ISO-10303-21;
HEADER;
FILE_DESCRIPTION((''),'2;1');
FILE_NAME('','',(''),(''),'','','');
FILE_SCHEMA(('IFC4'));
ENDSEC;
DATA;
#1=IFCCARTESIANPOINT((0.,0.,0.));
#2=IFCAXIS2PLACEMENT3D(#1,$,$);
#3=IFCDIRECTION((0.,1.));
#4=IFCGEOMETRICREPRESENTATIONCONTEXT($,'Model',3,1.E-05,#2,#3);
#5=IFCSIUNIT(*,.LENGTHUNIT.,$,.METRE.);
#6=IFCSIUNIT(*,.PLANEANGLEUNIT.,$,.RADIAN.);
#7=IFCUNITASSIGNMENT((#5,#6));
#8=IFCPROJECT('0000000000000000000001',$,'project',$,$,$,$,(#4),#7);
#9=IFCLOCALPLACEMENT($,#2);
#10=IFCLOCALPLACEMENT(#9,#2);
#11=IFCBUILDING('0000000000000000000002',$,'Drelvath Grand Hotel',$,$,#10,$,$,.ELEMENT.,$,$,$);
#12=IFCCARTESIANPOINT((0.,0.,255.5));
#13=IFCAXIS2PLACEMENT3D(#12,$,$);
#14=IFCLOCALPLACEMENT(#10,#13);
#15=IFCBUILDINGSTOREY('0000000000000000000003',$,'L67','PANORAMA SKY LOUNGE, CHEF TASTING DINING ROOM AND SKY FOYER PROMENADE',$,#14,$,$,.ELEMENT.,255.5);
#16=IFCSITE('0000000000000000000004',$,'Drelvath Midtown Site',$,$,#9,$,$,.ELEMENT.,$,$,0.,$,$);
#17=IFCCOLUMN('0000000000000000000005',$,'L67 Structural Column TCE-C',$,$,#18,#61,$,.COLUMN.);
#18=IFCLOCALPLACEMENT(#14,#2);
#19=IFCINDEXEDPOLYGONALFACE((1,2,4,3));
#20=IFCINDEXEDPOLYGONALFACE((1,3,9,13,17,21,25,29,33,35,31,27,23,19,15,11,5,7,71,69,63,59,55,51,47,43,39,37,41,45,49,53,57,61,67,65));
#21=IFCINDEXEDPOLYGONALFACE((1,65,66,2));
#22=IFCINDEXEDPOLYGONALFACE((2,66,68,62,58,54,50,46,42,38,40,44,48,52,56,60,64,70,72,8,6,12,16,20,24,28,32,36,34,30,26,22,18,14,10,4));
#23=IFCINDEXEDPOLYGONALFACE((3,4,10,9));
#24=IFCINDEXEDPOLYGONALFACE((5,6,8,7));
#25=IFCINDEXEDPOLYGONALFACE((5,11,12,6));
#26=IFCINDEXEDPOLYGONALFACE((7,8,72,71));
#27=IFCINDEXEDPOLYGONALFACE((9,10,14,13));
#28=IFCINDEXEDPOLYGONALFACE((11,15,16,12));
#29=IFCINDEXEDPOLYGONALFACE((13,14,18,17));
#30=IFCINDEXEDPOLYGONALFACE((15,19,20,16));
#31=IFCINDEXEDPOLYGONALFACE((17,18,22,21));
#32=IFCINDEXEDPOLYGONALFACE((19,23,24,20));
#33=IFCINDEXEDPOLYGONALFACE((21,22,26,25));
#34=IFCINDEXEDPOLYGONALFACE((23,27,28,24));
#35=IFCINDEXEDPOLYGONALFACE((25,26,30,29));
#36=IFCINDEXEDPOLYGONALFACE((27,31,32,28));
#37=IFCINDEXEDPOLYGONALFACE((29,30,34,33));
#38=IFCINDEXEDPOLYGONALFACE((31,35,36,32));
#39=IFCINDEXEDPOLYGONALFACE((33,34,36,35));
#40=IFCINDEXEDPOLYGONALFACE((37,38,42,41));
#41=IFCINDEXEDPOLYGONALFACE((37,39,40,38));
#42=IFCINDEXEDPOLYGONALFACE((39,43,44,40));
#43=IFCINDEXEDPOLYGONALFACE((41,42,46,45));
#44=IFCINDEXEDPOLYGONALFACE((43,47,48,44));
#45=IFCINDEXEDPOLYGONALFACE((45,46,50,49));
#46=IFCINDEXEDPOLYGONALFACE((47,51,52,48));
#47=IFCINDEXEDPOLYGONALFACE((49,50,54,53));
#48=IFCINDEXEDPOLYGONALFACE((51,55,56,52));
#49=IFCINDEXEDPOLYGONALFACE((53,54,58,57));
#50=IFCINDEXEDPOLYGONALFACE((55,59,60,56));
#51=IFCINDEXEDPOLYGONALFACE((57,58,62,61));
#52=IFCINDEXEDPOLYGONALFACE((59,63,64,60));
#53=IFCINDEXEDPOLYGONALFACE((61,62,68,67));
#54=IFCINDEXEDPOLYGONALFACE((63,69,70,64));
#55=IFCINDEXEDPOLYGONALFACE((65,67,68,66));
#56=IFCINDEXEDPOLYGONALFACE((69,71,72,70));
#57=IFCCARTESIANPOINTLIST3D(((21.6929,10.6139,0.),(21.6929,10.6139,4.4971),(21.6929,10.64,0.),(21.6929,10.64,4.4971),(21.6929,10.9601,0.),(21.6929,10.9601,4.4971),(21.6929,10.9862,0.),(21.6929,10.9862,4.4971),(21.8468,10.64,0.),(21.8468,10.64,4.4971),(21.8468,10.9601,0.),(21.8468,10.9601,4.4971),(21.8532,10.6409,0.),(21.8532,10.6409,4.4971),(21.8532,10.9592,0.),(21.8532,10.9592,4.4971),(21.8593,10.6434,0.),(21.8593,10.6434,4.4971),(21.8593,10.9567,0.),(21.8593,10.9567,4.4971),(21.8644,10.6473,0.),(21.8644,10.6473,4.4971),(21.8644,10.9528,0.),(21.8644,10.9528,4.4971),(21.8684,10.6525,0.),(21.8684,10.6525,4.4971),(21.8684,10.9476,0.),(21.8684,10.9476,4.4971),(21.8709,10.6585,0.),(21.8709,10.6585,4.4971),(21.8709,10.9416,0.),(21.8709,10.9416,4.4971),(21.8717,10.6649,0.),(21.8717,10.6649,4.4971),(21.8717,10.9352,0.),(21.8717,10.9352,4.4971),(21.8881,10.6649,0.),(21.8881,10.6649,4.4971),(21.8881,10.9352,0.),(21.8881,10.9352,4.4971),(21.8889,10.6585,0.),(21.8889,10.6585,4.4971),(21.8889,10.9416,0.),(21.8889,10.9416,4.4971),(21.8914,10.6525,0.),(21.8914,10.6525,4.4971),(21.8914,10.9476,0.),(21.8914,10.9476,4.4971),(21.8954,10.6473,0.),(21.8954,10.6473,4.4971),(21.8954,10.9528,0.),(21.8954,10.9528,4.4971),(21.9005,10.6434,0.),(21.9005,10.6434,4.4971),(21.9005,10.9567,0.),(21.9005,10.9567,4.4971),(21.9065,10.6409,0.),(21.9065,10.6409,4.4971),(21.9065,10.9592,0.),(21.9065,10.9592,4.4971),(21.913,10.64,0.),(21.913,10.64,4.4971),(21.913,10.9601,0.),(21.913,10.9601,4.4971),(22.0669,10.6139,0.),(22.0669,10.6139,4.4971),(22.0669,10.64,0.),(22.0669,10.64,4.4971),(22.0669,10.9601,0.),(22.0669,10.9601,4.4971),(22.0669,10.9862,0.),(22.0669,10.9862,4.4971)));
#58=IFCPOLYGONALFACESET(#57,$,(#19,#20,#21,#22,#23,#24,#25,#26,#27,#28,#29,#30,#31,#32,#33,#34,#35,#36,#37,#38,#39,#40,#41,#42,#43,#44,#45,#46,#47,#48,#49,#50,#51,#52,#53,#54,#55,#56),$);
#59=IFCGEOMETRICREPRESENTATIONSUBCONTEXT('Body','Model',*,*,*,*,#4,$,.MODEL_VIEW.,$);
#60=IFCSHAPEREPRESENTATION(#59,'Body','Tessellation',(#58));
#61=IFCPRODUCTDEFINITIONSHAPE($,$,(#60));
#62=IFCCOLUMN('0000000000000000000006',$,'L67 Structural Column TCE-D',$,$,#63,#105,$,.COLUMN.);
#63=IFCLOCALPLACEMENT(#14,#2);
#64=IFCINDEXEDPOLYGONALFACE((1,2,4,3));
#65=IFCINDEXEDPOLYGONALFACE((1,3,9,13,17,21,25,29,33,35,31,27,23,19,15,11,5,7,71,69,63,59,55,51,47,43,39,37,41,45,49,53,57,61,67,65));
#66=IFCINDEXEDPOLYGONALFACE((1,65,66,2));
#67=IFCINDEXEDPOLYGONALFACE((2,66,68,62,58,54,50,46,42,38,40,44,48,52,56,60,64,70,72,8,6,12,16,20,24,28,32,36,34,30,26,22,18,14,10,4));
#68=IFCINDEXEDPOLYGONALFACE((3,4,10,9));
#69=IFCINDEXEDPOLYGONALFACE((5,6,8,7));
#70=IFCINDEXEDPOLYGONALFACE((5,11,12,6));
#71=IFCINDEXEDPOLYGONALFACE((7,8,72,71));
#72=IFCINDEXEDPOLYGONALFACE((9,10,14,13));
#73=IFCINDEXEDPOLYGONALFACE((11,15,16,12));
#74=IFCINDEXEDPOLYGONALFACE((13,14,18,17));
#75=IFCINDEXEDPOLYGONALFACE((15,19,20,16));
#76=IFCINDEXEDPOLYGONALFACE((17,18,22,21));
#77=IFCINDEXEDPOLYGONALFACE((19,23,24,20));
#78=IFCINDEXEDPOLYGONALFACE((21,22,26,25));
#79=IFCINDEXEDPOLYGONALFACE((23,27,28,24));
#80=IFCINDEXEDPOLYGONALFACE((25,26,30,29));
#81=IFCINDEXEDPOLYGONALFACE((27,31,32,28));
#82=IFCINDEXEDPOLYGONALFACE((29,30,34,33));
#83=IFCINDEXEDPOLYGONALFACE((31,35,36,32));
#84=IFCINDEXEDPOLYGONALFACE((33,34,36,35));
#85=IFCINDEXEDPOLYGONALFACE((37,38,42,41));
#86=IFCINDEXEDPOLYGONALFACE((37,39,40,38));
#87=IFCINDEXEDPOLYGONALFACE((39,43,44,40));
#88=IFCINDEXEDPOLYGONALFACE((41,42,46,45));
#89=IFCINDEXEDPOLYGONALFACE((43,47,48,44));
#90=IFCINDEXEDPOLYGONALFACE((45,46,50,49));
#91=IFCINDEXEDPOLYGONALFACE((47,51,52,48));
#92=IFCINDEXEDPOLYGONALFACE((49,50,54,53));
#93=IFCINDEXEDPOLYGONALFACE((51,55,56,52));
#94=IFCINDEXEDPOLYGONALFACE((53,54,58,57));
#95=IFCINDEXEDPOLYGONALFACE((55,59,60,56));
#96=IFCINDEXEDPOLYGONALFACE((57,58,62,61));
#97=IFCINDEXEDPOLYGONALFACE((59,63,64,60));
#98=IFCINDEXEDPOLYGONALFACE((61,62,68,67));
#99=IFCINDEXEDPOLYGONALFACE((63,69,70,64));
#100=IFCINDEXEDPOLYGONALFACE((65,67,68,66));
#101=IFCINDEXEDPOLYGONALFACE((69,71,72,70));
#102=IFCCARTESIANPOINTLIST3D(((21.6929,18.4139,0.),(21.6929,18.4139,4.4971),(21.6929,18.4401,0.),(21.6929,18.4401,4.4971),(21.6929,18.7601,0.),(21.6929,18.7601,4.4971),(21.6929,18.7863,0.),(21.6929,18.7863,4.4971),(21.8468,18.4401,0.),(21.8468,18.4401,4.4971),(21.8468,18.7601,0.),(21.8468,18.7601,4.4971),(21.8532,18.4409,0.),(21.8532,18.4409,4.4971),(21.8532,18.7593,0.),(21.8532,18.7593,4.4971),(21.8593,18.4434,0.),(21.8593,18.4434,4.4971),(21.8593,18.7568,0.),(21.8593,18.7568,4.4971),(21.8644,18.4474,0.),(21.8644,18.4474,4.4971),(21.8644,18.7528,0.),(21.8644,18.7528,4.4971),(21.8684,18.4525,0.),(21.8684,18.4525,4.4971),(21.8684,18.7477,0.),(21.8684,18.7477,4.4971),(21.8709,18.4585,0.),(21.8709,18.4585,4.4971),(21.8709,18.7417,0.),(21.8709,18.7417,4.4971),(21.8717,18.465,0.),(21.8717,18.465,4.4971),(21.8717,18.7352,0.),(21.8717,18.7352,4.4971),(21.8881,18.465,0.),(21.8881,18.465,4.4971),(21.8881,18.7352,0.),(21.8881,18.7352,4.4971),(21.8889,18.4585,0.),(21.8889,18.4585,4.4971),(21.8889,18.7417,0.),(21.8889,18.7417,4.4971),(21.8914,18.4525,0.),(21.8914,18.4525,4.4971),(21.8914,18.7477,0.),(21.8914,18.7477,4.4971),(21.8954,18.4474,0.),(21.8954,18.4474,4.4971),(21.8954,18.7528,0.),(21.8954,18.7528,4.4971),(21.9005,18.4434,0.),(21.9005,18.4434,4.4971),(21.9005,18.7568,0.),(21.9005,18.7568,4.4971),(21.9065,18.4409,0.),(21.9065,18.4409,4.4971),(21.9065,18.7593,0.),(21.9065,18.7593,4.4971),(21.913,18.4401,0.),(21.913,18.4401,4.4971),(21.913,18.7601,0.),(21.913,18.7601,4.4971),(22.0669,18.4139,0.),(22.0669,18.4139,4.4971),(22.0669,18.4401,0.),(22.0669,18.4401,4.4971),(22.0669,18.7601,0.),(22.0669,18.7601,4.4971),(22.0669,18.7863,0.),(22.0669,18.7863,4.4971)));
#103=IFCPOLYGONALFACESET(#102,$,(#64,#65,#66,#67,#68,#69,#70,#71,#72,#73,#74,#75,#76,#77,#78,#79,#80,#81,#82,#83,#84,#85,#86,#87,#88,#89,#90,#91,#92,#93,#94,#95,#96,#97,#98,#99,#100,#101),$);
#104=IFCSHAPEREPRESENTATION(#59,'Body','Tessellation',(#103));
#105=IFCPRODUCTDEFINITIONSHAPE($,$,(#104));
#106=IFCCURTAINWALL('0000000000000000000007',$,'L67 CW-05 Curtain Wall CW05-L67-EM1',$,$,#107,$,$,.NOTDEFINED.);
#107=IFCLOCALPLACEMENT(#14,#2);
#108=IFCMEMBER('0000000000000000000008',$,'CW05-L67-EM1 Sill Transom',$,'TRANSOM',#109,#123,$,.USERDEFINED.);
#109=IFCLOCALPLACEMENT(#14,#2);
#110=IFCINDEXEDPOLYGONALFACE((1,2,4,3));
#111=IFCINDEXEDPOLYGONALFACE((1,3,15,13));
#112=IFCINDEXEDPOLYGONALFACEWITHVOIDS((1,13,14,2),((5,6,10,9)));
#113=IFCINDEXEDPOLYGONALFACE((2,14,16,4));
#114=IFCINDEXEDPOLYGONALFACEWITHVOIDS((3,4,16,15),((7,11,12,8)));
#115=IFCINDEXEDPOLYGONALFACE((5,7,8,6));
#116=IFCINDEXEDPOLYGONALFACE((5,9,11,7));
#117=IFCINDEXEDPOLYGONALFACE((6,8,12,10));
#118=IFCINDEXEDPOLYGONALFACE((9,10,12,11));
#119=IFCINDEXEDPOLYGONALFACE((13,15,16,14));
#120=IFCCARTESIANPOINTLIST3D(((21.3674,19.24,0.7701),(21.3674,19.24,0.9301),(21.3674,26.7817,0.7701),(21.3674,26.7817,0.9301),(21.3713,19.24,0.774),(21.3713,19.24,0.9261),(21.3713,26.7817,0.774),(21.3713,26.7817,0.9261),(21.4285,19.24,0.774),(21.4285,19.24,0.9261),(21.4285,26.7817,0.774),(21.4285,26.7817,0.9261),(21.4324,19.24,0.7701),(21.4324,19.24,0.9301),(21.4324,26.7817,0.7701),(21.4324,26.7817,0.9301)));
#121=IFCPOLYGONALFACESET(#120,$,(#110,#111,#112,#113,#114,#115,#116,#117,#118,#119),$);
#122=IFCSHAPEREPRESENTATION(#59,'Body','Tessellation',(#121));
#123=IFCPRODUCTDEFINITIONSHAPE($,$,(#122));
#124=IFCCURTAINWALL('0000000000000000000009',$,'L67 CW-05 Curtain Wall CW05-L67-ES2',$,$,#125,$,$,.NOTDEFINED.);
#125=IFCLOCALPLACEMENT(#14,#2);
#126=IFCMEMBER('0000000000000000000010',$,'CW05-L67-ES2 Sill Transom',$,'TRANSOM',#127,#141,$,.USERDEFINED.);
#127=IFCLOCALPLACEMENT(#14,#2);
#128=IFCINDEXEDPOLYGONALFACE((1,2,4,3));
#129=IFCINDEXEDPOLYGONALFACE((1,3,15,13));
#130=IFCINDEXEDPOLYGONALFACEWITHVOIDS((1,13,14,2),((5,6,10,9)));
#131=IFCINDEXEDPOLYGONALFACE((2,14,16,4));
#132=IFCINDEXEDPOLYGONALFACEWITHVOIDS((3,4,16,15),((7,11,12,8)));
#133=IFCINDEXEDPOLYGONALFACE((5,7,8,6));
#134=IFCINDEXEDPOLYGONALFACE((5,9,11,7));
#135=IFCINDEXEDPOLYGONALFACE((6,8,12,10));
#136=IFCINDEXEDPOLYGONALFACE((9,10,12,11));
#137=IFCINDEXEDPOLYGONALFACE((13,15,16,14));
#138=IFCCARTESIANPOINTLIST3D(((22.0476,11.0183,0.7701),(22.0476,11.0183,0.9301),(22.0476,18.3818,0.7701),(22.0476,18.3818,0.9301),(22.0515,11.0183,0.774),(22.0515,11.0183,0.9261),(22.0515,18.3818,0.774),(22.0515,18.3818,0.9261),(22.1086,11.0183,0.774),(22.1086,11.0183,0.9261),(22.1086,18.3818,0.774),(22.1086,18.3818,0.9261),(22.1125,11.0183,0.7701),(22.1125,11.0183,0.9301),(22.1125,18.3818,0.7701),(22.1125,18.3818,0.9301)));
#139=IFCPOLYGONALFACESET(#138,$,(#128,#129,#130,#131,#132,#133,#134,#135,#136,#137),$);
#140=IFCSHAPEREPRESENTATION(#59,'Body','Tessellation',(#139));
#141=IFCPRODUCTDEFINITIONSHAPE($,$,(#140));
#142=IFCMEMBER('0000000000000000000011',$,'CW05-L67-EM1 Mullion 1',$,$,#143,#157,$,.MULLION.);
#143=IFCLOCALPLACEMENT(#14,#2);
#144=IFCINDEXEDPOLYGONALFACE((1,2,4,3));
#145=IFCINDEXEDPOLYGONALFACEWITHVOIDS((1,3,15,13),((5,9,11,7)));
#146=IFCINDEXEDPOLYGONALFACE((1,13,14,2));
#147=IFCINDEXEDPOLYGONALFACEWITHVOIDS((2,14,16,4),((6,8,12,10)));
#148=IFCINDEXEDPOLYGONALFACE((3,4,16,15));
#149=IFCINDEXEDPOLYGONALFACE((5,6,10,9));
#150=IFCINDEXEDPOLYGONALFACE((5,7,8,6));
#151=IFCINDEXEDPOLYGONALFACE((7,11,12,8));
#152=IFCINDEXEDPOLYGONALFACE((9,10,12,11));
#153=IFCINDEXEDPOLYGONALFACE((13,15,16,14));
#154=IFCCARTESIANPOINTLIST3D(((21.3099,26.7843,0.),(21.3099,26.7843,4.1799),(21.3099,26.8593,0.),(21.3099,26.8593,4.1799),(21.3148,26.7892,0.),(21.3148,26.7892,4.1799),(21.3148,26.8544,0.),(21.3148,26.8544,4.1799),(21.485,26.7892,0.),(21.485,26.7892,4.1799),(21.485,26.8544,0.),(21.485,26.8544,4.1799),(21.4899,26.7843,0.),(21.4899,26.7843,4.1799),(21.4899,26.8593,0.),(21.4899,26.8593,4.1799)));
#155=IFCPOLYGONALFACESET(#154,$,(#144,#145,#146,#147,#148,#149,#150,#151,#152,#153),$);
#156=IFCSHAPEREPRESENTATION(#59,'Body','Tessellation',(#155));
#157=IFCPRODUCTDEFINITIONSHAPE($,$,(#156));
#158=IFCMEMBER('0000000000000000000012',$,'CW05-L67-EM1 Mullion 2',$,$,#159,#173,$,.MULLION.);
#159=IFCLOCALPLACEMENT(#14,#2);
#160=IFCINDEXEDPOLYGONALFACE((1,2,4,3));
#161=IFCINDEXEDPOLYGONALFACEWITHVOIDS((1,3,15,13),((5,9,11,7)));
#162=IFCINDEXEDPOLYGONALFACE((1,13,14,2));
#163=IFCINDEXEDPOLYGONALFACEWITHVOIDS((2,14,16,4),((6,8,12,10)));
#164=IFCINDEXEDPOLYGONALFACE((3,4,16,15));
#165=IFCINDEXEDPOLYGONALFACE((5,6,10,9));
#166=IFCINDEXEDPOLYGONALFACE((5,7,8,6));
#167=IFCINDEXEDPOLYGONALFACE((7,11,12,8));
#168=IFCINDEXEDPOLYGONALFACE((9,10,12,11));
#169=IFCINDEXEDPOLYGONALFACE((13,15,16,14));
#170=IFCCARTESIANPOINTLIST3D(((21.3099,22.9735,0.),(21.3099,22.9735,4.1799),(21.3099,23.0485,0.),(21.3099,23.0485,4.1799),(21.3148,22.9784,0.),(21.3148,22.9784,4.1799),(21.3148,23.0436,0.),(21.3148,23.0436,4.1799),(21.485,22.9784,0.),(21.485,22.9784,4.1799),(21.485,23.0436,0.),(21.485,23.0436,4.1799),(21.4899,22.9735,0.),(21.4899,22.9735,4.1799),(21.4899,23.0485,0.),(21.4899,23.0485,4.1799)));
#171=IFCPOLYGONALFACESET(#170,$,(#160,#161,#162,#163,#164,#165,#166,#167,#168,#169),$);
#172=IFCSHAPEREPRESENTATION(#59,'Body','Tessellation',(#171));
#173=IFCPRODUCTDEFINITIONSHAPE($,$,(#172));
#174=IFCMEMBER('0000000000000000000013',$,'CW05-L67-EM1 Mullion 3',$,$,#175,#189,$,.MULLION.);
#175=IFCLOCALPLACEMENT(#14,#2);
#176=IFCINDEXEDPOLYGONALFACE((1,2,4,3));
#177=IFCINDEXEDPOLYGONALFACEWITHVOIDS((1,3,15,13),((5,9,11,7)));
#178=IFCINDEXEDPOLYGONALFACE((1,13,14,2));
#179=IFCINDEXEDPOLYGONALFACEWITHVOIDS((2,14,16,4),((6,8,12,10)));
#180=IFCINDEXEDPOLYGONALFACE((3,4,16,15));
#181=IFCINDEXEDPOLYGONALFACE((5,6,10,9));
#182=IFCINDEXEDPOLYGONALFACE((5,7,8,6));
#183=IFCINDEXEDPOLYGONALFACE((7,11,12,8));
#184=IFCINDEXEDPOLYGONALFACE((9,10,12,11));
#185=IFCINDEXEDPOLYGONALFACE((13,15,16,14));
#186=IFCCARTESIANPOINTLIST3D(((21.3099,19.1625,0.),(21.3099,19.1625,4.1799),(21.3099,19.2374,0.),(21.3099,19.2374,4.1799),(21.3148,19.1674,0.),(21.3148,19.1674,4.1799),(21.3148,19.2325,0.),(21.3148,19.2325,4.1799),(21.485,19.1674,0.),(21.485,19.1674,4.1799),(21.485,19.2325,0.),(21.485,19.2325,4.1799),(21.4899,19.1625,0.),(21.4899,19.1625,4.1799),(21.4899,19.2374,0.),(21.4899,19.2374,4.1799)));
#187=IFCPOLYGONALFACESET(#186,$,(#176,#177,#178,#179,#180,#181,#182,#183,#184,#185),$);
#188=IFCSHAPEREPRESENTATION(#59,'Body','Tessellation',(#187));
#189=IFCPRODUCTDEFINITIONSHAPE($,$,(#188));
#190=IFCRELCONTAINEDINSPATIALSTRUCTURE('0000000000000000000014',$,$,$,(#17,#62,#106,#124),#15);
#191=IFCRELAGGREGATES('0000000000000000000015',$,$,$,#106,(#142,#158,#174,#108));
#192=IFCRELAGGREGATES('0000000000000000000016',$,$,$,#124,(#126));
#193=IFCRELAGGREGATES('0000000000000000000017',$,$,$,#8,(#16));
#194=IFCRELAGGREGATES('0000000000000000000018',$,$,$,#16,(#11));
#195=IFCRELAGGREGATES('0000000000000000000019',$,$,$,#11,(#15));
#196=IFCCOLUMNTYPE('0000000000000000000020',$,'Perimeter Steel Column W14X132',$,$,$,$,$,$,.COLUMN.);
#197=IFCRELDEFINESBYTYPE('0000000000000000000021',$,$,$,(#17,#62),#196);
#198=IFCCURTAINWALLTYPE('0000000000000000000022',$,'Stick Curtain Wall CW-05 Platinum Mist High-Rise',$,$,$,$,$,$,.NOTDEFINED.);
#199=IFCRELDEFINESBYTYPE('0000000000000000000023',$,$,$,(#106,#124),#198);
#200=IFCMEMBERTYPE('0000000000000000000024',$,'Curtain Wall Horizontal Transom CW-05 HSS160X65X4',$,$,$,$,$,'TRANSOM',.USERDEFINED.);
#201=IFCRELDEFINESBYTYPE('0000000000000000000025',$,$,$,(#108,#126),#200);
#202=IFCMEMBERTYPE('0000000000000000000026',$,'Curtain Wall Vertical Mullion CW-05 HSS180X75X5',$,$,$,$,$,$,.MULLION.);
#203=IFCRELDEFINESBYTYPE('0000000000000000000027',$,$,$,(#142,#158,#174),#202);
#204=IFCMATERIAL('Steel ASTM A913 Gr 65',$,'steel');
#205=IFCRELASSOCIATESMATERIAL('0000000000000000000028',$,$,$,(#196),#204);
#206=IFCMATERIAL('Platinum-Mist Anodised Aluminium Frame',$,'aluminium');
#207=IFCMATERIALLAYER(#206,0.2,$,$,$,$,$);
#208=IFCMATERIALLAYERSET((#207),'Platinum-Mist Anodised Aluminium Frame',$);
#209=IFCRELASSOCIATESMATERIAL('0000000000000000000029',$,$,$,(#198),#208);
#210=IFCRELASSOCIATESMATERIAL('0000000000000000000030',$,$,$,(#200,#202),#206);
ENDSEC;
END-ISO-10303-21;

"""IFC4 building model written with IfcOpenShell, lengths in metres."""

from ifc_helpers import new_model, si_unit, direction, frame, origin, origin_2d, place, context, subcontext, project, spatial, hollow_rectangle, i_section, extrude, material, layer, layer_set, material_profile, profile_set, type_object, element, aggregate, save


model = new_model("IFC4")

# Units and contexts
model_context = context("Model", 3, precision=1e-05, world=origin(), true_north=direction((0.0, 1.0)))
body_context = subcontext(model_context, "Body", "Model", "MODEL_VIEW")
ifc_project = project(units=[si_unit("LENGTHUNIT", "METRE"), si_unit("PLANEANGLEUNIT", "RADIAN")], contexts=[model_context])

# Site, building, storey
site_placement = place(None, origin())
site = spatial("IfcSite", under=ifc_project, at=site_placement, Name="Drelvath Midtown Site", CompositionType="ELEMENT", RefElevation=0.0)
building_placement = place(site_placement, origin())
building = spatial("IfcBuilding", under=site, at=building_placement, Name="Drelvath Grand Hotel", CompositionType="ELEMENT")
storey_placement = place(building_placement, frame((0.0, 0.0, 255.5)))
storey = spatial("IfcBuildingStorey", under=building, at=storey_placement, Name="L67", Description="PANORAMA SKY LOUNGE, CHEF TASTING DINING ROOM AND SKY FOYER PROMENADE", CompositionType="ELEMENT", Elevation=255.5)

# Columns
ifc_material_1 = material(Name="Steel ASTM A913 Gr 65", Category="steel")
ifc_material_profile_1 = material_profile(ifc_material_1, i_section(OverallWidth=0.374, OverallDepth=0.3723, WebThickness=0.0164, FlangeThickness=0.0261, FilletRadius=0.0249, at=origin_2d()), Name="W14X132")
ifc_profile_set_1 = profile_set([ifc_material_profile_1], Name="Steel ASTM A913 Gr 65")
column_type = type_object("IfcColumnType", Name="Perimeter Steel Column W14X132", PredefinedType="COLUMN", material=ifc_profile_set_1)
for number, where, z_axis, x_axis, name in (
    (1, (21.8799, 10.8, 0.0), (0.0, 0.0, 1.0), (1.0, 0.0, 0.0), "L67 Structural Column TCE-C"),
    (2, (21.8799, 18.6001, 0.0), (0.0, 0.0, 1.0), (1.0, 0.0, 0.0), "L67 Structural Column TCE-D"),
):
    element("IfcColumn", number, at=place(storey_placement, frame(where, z_axis=z_axis, x_axis=x_axis)), inside=storey, type_object=column_type, Name=name, PredefinedType="COLUMN", context=body_context, shape_type="SweptSolid", body=[
        extrude(i_section(OverallWidth=0.374, OverallDepth=0.3723, WebThickness=0.0164, FlangeThickness=0.0261, FilletRadius=0.0249, at=origin_2d()), origin(), (0.0, 0.0, 1.0), 4.4971),
    ])

# Curtain walls, members
ifc_material_2 = material(Name="Platinum-Mist Anodised Aluminium Frame", Category="aluminium")
ifc_layer_1 = layer(ifc_material_2, 0.2)
ifc_layer_set_1 = layer_set([ifc_layer_1], Name="Platinum-Mist Anodised Aluminium Frame")
curtain_wall_type = type_object("IfcCurtainWallType", Name="Stick Curtain Wall CW-05 Platinum Mist High-Rise", PredefinedType="NOTDEFINED", material=ifc_layer_set_1)
curtain_wall_1_placement = place(storey_placement, origin())
curtain_wall_1 = element("IfcCurtainWall", 3, at=curtain_wall_1_placement, inside=storey, type_object=curtain_wall_type, Name="L67 CW-05 Curtain Wall CW05-L67-EM1", PredefinedType="NOTDEFINED")
ifc_material_profile_2 = material_profile(ifc_material_2, hollow_rectangle(XDim=0.0649, YDim=0.1599, WallThickness=0.0039, at=origin_2d()), Name="HSS160X65X4")
ifc_profile_set_2 = profile_set([ifc_material_profile_2], Name="Platinum-Mist Anodised Aluminium Frame")
member_type_1 = type_object("IfcMemberType", Name="Curtain Wall Horizontal Transom CW-05 HSS160X65X4", ElementType="TRANSOM", PredefinedType="USERDEFINED", material=ifc_profile_set_2)
member_1_placement = place(storey_placement, frame((21.3999, 26.7817, 0.8501), z_axis=(0.0, -1.0, 0.0), x_axis=(1.0, 0.0, 0.0)))
member_1 = element("IfcMember", 4, at=member_1_placement, type_object=member_type_1, Name="CW05-L67-EM1 Sill Transom", ObjectType="TRANSOM", PredefinedType="USERDEFINED", context=body_context, shape_type="SweptSolid", body=[
    extrude(hollow_rectangle(XDim=0.0649, YDim=0.1599, WallThickness=0.0039, at=origin_2d()), origin(), (0.0, 0.0, 1.0), 7.5417),
])
curtain_wall_2_placement = place(storey_placement, origin())
curtain_wall_2 = element("IfcCurtainWall", 5, at=curtain_wall_2_placement, inside=storey, type_object=curtain_wall_type, Name="L67 CW-05 Curtain Wall CW05-L67-ES2", PredefinedType="NOTDEFINED")
member_2_placement = place(storey_placement, frame((22.0801, 18.3818, 0.8501), z_axis=(0.0, -1.0, 0.0), x_axis=(1.0, 0.0, 0.0)))
member_2 = element("IfcMember", 6, at=member_2_placement, type_object=member_type_1, Name="CW05-L67-ES2 Sill Transom", ObjectType="TRANSOM", PredefinedType="USERDEFINED", context=body_context, shape_type="SweptSolid", body=[
    extrude(hollow_rectangle(XDim=0.0649, YDim=0.1599, WallThickness=0.0039, at=origin_2d()), origin(), (0.0, 0.0, 1.0), 7.3635),
])

# Members
ifc_material_profile_3 = material_profile(ifc_material_2, hollow_rectangle(XDim=0.075, YDim=0.1799, WallThickness=0.0049, at=origin_2d()), Name="HSS180X75X5")
ifc_profile_set_3 = profile_set([ifc_material_profile_3], Name="Platinum-Mist Anodised Aluminium Frame")
member_type_2 = type_object("IfcMemberType", Name="Curtain Wall Vertical Mullion CW-05 HSS180X75X5", PredefinedType="MULLION", material=ifc_profile_set_3)
member_3_placement = place(storey_placement, frame((21.3999, 26.8218, 0.0), z_axis=(0.0, 0.0, 1.0), x_axis=(0.0, 1.0, 0.0)))
member_3 = element("IfcMember", 7, at=member_3_placement, type_object=member_type_2, Name="CW05-L67-EM1 Mullion 1", PredefinedType="MULLION", context=body_context, shape_type="SweptSolid", body=[
    extrude(hollow_rectangle(XDim=0.075, YDim=0.1799, WallThickness=0.0049, at=origin_2d()), origin(), (0.0, 0.0, 1.0), 4.1799),
])
member_4_placement = place(storey_placement, frame((21.3999, 23.011, 0.0), z_axis=(0.0, 0.0, 1.0), x_axis=(0.0, 1.0, 0.0)))
member_4 = element("IfcMember", 8, at=member_4_placement, type_object=member_type_2, Name="CW05-L67-EM1 Mullion 2", PredefinedType="MULLION", context=body_context, shape_type="SweptSolid", body=[
    extrude(hollow_rectangle(XDim=0.075, YDim=0.1799, WallThickness=0.0049, at=origin_2d()), origin(), (0.0, 0.0, 1.0), 4.1799),
])
member_5_placement = place(storey_placement, frame((21.3999, 19.2, 0.0), z_axis=(0.0, 0.0, 1.0), x_axis=(0.0, 1.0, 0.0)))
member_5 = element("IfcMember", 9, at=member_5_placement, type_object=member_type_2, Name="CW05-L67-EM1 Mullion 3", PredefinedType="MULLION", context=body_context, shape_type="SweptSolid", body=[
    extrude(hollow_rectangle(XDim=0.075, YDim=0.1799, WallThickness=0.0049, at=origin_2d()), origin(), (0.0, 0.0, 1.0), 4.1799),
])

aggregate(curtain_wall_1, [member_3, member_4, member_5, member_1])
aggregate(curtain_wall_2, [member_2])

save(model, "model.ifc")
